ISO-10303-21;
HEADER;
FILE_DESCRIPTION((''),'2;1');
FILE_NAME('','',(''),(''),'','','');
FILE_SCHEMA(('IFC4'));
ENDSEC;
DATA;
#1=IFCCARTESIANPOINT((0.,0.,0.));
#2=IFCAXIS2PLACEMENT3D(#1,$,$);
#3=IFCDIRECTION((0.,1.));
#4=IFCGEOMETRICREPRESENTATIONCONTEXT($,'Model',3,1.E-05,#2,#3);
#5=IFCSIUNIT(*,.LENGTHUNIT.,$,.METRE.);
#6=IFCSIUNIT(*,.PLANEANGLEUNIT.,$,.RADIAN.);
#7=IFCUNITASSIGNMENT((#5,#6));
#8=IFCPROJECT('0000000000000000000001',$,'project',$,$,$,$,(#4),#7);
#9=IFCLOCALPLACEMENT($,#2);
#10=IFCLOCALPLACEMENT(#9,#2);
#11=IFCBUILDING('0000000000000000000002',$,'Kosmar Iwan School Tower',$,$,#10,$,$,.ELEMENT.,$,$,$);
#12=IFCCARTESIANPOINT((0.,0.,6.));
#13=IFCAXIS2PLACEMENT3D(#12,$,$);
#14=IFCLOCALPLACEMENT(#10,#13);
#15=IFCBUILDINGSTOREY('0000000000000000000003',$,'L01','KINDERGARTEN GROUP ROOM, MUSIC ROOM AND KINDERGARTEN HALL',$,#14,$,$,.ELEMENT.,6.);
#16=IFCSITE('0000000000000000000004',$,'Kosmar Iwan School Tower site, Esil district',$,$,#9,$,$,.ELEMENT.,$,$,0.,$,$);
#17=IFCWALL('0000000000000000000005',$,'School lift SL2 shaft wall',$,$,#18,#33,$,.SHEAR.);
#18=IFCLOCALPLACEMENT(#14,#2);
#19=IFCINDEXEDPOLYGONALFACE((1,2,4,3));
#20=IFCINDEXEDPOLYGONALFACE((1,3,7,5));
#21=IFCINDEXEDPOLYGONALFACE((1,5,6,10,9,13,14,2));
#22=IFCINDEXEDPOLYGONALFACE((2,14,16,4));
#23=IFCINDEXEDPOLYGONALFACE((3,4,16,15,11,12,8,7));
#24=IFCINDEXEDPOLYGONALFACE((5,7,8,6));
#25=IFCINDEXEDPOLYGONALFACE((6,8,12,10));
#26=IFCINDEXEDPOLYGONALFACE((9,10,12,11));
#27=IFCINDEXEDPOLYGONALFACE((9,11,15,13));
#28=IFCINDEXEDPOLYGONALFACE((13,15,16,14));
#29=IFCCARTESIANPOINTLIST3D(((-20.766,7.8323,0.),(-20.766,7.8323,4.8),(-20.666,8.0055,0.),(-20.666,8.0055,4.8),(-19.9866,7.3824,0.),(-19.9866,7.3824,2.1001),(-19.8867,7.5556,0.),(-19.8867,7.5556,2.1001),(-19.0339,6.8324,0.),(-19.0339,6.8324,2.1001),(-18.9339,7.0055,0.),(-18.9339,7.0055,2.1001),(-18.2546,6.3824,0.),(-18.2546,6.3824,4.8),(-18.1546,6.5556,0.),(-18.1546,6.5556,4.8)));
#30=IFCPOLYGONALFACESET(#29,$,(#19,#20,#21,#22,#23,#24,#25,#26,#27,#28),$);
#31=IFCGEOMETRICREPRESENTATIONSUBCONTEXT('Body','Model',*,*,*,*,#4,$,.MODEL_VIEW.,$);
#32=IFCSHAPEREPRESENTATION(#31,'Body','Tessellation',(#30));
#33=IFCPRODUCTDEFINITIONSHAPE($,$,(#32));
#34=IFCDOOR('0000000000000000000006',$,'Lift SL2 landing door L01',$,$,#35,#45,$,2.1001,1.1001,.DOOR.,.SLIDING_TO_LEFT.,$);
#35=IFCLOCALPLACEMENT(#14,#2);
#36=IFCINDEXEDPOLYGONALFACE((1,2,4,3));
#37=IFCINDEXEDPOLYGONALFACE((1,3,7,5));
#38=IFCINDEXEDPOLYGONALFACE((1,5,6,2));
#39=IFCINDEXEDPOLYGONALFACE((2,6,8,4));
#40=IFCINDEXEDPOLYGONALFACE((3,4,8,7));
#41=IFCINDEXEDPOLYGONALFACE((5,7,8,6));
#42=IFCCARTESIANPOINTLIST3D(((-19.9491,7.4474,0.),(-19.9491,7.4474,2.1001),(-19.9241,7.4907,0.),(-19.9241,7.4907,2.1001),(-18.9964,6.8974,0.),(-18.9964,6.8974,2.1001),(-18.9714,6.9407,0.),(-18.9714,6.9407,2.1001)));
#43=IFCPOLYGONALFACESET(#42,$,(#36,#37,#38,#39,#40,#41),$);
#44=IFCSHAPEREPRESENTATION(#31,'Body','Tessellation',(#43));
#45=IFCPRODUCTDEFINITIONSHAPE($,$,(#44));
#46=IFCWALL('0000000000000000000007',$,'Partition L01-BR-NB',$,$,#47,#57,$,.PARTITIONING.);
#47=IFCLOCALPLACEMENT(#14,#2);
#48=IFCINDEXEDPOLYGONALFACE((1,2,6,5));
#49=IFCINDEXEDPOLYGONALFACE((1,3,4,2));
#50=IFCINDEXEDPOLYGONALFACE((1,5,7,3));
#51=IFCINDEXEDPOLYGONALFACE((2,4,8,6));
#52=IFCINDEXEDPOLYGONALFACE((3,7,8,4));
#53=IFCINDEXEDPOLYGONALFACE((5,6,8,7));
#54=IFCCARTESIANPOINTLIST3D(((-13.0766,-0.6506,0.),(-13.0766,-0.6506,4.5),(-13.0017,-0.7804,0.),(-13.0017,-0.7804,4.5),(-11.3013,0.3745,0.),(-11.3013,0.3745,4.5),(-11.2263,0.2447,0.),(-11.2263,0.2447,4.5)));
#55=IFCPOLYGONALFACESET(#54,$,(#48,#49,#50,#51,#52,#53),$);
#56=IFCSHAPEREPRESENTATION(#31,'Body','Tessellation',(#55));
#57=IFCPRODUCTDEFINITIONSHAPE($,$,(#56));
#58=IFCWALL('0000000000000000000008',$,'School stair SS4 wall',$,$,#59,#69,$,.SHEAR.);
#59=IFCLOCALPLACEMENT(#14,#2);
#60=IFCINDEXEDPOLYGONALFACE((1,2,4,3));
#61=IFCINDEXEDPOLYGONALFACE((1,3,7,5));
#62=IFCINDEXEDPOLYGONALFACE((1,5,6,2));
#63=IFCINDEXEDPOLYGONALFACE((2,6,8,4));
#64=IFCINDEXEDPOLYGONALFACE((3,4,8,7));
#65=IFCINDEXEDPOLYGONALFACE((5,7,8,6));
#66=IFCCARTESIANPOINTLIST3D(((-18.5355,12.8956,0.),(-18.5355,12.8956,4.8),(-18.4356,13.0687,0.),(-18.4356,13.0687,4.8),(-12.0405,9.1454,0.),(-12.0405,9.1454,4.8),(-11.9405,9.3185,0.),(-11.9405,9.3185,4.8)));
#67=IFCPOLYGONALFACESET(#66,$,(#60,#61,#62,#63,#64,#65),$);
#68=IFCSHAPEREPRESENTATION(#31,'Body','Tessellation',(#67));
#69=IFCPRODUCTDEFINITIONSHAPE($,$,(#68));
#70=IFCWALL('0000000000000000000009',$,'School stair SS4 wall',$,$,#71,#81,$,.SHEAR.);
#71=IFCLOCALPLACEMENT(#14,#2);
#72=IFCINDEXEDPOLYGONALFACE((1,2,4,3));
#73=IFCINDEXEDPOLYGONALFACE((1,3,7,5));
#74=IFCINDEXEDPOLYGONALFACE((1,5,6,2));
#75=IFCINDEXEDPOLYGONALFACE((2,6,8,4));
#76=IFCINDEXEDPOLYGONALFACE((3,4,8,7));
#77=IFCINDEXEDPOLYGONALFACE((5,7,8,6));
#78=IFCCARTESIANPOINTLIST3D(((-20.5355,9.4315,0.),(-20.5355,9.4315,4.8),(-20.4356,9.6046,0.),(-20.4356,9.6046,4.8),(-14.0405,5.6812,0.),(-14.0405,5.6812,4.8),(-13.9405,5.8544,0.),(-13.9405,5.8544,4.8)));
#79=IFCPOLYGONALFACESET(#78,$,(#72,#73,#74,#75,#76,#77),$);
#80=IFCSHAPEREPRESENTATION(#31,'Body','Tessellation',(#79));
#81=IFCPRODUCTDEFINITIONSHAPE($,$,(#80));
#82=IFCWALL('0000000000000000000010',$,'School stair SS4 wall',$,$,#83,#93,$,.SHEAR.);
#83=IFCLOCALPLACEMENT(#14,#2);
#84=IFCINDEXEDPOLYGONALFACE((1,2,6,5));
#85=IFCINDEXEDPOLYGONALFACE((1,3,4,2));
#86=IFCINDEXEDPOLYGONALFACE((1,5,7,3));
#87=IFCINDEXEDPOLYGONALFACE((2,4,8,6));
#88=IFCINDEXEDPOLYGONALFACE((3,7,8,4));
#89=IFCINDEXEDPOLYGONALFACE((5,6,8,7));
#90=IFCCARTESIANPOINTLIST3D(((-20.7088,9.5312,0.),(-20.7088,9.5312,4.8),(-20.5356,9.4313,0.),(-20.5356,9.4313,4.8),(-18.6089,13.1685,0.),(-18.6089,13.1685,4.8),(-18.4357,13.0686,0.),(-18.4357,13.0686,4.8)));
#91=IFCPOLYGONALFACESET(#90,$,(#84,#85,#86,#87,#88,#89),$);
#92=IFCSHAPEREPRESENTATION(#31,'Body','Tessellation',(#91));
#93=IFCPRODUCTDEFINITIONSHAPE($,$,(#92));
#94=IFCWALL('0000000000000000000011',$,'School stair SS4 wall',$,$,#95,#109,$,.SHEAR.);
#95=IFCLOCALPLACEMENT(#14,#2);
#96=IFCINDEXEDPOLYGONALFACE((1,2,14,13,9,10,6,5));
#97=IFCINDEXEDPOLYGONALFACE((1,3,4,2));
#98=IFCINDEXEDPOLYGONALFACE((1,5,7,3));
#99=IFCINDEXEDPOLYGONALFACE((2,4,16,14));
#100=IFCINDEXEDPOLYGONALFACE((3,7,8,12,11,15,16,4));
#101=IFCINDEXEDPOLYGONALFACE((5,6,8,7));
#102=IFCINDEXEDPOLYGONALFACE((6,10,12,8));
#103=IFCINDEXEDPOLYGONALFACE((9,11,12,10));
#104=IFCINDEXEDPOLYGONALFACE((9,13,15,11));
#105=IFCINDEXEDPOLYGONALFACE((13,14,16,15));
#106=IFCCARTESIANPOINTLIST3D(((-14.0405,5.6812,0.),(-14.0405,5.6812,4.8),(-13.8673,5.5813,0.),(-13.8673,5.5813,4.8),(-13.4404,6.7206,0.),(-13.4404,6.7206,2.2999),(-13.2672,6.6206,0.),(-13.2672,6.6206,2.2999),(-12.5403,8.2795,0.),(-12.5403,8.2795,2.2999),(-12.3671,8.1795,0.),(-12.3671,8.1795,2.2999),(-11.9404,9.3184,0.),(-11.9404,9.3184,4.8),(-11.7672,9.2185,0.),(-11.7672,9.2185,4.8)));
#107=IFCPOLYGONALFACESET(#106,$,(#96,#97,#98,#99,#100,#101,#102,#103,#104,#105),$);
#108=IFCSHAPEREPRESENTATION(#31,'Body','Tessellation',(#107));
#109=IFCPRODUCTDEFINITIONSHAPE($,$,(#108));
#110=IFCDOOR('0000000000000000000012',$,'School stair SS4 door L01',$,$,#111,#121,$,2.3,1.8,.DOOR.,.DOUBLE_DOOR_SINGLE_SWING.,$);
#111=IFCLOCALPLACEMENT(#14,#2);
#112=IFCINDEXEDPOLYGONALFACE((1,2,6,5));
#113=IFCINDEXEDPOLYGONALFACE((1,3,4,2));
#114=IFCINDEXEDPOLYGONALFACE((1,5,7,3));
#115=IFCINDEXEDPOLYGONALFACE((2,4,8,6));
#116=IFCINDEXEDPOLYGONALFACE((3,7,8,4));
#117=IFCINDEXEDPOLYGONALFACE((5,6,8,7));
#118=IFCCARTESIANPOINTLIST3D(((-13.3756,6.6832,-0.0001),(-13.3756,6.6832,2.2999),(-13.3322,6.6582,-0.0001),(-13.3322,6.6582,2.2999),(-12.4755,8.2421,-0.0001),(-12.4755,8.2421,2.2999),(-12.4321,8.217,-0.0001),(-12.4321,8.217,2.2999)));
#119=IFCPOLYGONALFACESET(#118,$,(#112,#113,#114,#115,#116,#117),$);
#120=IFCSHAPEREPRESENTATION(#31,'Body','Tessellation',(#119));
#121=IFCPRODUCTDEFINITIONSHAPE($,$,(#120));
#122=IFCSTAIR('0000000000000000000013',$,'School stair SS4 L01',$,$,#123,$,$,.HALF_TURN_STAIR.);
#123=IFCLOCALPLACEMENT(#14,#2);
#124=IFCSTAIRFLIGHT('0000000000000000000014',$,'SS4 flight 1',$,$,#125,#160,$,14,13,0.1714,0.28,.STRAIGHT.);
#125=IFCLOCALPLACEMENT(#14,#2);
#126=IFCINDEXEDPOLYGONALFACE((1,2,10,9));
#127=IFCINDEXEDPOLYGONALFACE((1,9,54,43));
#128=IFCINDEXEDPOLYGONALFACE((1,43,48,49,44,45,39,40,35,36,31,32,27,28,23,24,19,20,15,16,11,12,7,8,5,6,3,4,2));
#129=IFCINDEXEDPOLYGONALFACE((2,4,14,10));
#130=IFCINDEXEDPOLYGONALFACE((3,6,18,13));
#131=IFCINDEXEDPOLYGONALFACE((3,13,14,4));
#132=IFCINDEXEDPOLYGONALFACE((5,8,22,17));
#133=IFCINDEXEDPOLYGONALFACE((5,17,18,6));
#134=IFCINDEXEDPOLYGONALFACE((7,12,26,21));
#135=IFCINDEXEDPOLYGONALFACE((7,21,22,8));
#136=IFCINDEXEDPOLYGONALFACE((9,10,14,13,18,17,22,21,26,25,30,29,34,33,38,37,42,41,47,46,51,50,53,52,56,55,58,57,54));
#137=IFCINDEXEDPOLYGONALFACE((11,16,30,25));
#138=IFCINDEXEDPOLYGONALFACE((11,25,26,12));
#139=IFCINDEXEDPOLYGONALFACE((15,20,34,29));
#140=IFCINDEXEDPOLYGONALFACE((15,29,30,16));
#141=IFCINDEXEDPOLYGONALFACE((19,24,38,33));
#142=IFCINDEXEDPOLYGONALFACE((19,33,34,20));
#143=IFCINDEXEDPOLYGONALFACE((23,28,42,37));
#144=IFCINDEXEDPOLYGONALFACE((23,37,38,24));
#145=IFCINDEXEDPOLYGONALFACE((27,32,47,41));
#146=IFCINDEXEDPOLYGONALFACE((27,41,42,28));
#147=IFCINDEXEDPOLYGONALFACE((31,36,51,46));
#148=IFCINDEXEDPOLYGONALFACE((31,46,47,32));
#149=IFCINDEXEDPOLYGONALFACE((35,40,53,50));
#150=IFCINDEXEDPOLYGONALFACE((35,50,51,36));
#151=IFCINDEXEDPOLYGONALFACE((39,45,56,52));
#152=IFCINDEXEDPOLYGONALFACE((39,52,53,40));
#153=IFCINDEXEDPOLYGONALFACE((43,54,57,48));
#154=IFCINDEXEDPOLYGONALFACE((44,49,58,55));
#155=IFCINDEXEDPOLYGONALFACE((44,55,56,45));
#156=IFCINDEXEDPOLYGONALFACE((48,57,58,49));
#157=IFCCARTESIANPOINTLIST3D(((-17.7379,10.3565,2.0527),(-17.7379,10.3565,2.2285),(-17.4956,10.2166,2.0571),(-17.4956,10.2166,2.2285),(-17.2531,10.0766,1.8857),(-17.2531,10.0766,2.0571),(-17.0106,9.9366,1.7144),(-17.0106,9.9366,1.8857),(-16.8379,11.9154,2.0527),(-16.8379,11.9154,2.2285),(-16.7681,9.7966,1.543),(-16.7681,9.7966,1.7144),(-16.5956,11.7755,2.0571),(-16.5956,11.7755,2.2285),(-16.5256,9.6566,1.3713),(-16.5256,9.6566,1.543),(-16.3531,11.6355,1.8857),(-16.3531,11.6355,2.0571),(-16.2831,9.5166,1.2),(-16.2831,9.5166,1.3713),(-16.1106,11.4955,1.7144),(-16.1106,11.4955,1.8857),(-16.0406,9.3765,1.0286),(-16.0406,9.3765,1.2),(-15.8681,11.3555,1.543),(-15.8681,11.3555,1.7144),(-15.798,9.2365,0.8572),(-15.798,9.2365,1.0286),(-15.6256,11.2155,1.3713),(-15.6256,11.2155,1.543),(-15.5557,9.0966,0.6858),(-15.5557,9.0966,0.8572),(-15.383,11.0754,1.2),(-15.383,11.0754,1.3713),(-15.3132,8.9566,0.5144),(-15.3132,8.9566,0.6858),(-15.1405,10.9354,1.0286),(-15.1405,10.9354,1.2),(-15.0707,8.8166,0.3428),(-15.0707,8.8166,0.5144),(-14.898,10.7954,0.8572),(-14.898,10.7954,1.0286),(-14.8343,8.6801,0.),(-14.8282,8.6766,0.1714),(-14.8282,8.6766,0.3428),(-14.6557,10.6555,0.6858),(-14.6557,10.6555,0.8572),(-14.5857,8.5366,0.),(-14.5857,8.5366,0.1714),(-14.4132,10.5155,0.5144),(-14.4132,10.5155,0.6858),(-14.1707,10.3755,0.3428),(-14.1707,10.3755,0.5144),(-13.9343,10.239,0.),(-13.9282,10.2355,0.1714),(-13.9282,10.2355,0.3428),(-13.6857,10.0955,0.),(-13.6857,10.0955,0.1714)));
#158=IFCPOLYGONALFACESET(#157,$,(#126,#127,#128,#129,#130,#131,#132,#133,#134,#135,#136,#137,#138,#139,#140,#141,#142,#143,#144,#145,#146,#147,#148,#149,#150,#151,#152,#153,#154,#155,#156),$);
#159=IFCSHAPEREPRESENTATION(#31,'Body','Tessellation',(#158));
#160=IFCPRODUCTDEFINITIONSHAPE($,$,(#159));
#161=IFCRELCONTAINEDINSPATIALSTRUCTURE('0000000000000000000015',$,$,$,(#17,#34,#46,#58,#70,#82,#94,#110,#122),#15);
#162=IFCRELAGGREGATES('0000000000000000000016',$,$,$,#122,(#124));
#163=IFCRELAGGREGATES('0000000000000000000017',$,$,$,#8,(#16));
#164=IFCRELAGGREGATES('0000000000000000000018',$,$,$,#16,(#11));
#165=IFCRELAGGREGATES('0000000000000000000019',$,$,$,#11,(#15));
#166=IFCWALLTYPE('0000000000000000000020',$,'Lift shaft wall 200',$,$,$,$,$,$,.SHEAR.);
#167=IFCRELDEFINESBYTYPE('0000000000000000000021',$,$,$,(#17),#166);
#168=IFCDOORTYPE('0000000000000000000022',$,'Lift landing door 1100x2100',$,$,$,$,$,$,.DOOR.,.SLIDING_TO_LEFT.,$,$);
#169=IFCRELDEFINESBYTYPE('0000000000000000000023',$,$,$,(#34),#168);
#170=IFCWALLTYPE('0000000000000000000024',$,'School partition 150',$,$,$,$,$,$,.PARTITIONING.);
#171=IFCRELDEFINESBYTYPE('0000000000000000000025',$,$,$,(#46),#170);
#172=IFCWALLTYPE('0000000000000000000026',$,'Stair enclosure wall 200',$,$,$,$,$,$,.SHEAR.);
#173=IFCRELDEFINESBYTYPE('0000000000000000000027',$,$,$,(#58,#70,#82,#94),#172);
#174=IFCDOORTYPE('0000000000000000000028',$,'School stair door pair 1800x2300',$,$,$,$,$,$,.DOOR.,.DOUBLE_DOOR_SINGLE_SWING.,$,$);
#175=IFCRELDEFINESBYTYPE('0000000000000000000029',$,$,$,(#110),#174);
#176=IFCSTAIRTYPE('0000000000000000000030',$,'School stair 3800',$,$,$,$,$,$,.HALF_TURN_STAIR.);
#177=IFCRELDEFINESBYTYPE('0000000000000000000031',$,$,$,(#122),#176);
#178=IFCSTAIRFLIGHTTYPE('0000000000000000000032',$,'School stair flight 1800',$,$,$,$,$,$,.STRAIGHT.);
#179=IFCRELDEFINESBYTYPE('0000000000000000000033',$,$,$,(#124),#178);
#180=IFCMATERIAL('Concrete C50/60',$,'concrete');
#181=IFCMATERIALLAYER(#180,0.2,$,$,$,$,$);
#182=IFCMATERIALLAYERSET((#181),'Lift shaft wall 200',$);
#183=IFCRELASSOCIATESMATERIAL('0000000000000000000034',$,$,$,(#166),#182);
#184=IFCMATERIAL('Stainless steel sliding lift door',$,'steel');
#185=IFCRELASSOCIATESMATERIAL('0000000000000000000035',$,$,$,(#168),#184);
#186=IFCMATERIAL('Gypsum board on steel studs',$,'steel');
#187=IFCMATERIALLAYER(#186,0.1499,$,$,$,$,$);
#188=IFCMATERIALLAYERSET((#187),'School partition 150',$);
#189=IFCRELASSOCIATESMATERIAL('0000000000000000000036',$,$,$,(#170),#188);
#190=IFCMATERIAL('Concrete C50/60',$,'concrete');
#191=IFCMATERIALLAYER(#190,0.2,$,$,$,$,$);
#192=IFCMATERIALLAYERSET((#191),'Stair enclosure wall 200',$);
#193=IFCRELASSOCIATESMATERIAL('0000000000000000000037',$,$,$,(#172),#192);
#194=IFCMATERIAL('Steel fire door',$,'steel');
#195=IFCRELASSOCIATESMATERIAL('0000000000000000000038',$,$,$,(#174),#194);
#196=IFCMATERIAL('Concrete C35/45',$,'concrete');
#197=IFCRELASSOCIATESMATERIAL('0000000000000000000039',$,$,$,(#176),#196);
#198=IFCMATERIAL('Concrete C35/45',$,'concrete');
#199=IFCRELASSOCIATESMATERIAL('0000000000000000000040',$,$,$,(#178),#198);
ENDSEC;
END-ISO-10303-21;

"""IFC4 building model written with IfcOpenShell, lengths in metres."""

from ifc_helpers import new_model, si_unit, direction, frame, frame_2d, origin, place, context, subcontext, project, spatial, polyline, rectangle, outline, extrude, material, layer, layer_set, type_object, element, fill, aggregate, save


model = new_model("IFC4")

# Units and contexts
model_context = context("Model", 3, precision=1e-05, world=origin(), true_north=direction((0.0, 1.0)))
body_context = subcontext(model_context, "Body", "Model", "MODEL_VIEW")
ifc_project = project(units=[si_unit("LENGTHUNIT", "METRE"), si_unit("PLANEANGLEUNIT", "RADIAN")], contexts=[model_context])

# Site, building, storey
site_placement = place(None, origin())
site = spatial("IfcSite", under=ifc_project, at=site_placement, Name="Kosmar Iwan School Tower site, Esil district", CompositionType="ELEMENT", RefElevation=0.0)
building_placement = place(site_placement, origin())
building = spatial("IfcBuilding", under=site, at=building_placement, Name="Kosmar Iwan School Tower", CompositionType="ELEMENT")
storey_placement = place(building_placement, frame((0.0, 0.0, 6.0)))
storey = spatial("IfcBuildingStorey", under=building, at=storey_placement, Name="L01", Description="KINDERGARTEN GROUP ROOM, MUSIC ROOM AND KINDERGARTEN HALL", CompositionType="ELEMENT", Elevation=6.0)

# Shared definitions
ifc_material_1 = material(Name="Concrete C50/60", Category="concrete")
ifc_layer_1 = layer(ifc_material_1, 0.2)
ifc_layer_set_1 = layer_set([ifc_layer_1], Name="Lift shaft wall 200")
wall_type_1 = type_object("IfcWallType", Name="Lift shaft wall 200", PredefinedType="SHEAR", material=ifc_layer_set_1)

# Wall, opening, door
wall_1_placement = place(storey_placement, frame((-18.2046, 6.469, 0.0), z_axis=(0.0, 0.0, 1.0), x_axis=(-0.866033, 0.499987, 0.0)))
wall_1 = element("IfcWall", 1, at=wall_1_placement, inside=storey, type_object=wall_type_1, Name="School lift SL2 shaft wall", PredefinedType="SHEAR", context=body_context, shape_type="SweptSolid", body=[
    extrude(rectangle(XDim=2.8999, YDim=0.2, at=frame_2d((1.45, 0.0))), origin(), (0.0, 0.0, 1.0), 4.8),
])
opening_1_placement = place(wall_1_placement, frame((0.8999, 0.0, 0.0)))
opening_1 = element("IfcOpeningElement", 2, at=opening_1_placement, cuts=wall_1, PredefinedType="OPENING", context=body_context, shape_type="SweptSolid", body=[
    extrude(rectangle(XDim=1.1001, YDim=2.1001, at=frame_2d((0.55, 1.05))), frame((0.0, 0.1121, 0.0), z_axis=(0.0, -1.0, 0.0), x_axis=(1.0, 0.0, 0.0)), (0.0, 0.0, 1.0), 0.2239),
])
ifc_material_2 = material(Name="Stainless steel sliding lift door", Category="steel")
door_type_1 = type_object("IfcDoorType", Name="Lift landing door 1100x2100", OperationType="SLIDING_TO_LEFT", PredefinedType="DOOR", material=ifc_material_2)
door_1_placement = place(opening_1_placement, origin())
door_1 = element("IfcDoor", 3, at=door_1_placement, inside=storey, type_object=door_type_1, Name="Lift SL2 landing door L01", OperationType="SLIDING_TO_LEFT", OverallHeight=2.1001, OverallWidth=1.1001, PredefinedType="DOOR", context=body_context, shape_type="SweptSolid", body=[
    extrude(rectangle(XDim=1.1001, YDim=2.1001, at=frame_2d((0.55, 1.05))), frame((0.0, 0.0249, 0.0), z_axis=(0.0, -1.0, 0.0), x_axis=(1.0, 0.0, 0.0)), (0.0, 0.0, 1.0), 0.05),
])
fill(opening_1, door_1)

# Walls
ifc_material_3 = material(Name="Gypsum board on steel studs", Category="steel")
ifc_layer_2 = layer(ifc_material_3, 0.1499)
ifc_layer_set_2 = layer_set([ifc_layer_2], Name="School partition 150")
wall_type_2 = type_object("IfcWallType", Name="School partition 150", PredefinedType="PARTITIONING", material=ifc_layer_set_2)
wall_2_placement = place(storey_placement, frame((-11.2639, 0.3096, 0.0), z_axis=(0.0, 0.0, 1.0), x_axis=(-0.865999, -0.500045, 0.0)))
element("IfcWall", 4, at=wall_2_placement, inside=storey, type_object=wall_type_2, Name="Partition L01-BR-NB", PredefinedType="PARTITIONING", context=body_context, shape_type="SweptSolid", body=[
    extrude(rectangle(XDim=2.05, YDim=0.1499, at=frame_2d((1.0249, 0.0))), origin(), (0.0, 0.0, 1.0), 4.5),
])
ifc_material_4 = material(Name="Concrete C50/60", Category="concrete")
ifc_layer_3 = layer(ifc_material_4, 0.2)
ifc_layer_set_3 = layer_set([ifc_layer_3], Name="Stair enclosure wall 200")
wall_type_3 = type_object("IfcWallType", Name="Stair enclosure wall 200", PredefinedType="SHEAR", material=ifc_layer_set_3)
for number, where, z_axis, x_axis, name in (
    (5, (-11.9905, 9.2319, 0.0), (0.0, 0.0, 1.0), (-0.866009, 0.500029, 0.0), "School stair SS4 wall"),
    (6, (-13.9905, 5.7678, 0.0), (0.0, 0.0, 1.0), (-0.866009, 0.500029, 0.0), "School stair SS4 wall"),
):
    element("IfcWall", number, at=place(storey_placement, frame(where, z_axis=z_axis, x_axis=x_axis)), inside=storey, type_object=wall_type_3, Name=name, PredefinedType="SHEAR", context=body_context, shape_type="SweptSolid", body=[
        extrude(rectangle(XDim=7.5, YDim=0.2, at=frame_2d((3.75, 0.0))), origin(), (0.0, 0.0, 1.0), 4.8),
    ])
wall_3_placement = place(storey_placement, frame((-18.5222, 13.1187, 0.0), z_axis=(0.0, 0.0, 1.0), x_axis=(-0.499984, -0.866035, 0.0)))
element("IfcWall", 7, at=wall_3_placement, inside=storey, type_object=wall_type_3, Name="School stair SS4 wall", PredefinedType="SHEAR", context=body_context, shape_type="SweptSolid", body=[
    extrude(rectangle(XDim=4.2, YDim=0.2, at=frame_2d((2.1001, 0.0))), origin(), (0.0, 0.0, 1.0), 4.8),
])

# Wall, opening, door
wall_4_placement = place(storey_placement, frame((-11.8538, 9.2686, 0.0), z_axis=(0.0, 0.0, 1.0), x_axis=(-0.500028, -0.866009, 0.0)))
wall_4 = element("IfcWall", 8, at=wall_4_placement, inside=storey, type_object=wall_type_3, Name="School stair SS4 wall", PredefinedType="SHEAR", context=body_context, shape_type="SweptSolid", body=[
    extrude(rectangle(XDim=4.2, YDim=0.2, at=frame_2d((2.1001, 0.0))), origin(), (0.0, 0.0, 1.0), 4.8),
])
opening_2_placement = place(wall_4_placement, frame((1.2, 0.0, 0.0)))
opening_2 = element("IfcOpeningElement", 9, at=opening_2_placement, cuts=wall_4, PredefinedType="OPENING", context=body_context, shape_type="SweptSolid", body=[
    extrude(rectangle(XDim=1.8, YDim=2.3, at=frame_2d((0.8999, 1.1499))), frame((0.0, 0.1121, 0.0), z_axis=(0.0, -1.0, 0.0), x_axis=(1.0, 0.0, 0.0)), (0.0, 0.0, 1.0), 0.2239),
])
ifc_material_5 = material(Name="Steel fire door", Category="steel")
door_type_2 = type_object("IfcDoorType", Name="School stair door pair 1800x2300", OperationType="DOUBLE_DOOR_SINGLE_SWING", PredefinedType="DOOR", material=ifc_material_5)
door_2_placement = place(opening_2_placement, origin())
door_2 = element("IfcDoor", 10, at=door_2_placement, inside=storey, type_object=door_type_2, Name="School stair SS4 door L01", OperationType="DOUBLE_DOOR_SINGLE_SWING", OverallHeight=2.3, OverallWidth=1.8, PredefinedType="DOOR", context=body_context, shape_type="SweptSolid", body=[
    extrude(rectangle(XDim=1.8, YDim=2.3, at=frame_2d((0.8999, 1.1499))), frame((0.0, 0.0249, 0.0), z_axis=(0.0, -1.0, 0.0), x_axis=(1.0, 0.0, 0.0)), (0.0, 0.0, 1.0), 0.05),
])
fill(opening_2, door_2)

# Stair, stair flight
ifc_material_6 = material(Name="Concrete C35/45", Category="concrete")
stair_type = type_object("IfcStairType", Name="School stair 3800", PredefinedType="HALF_TURN_STAIR", material=ifc_material_6)
stair_placement = place(storey_placement, origin())
stair = element("IfcStair", 11, at=stair_placement, inside=storey, type_object=stair_type, Name="School stair SS4 L01", PredefinedType="HALF_TURN_STAIR")
ifc_material_7 = material(Name="Concrete C35/45", Category="concrete")
stair_flight_type = type_object("IfcStairFlightType", Name="School stair flight 1800", PredefinedType="STRAIGHT", material=ifc_material_7)
stair_flight_1_placement = place(storey_placement, frame((-14.1357, 9.3159, 0.0), z_axis=(0.0, 0.0, 1.0), x_axis=(-0.866025, 0.5, 0.0)))
stair_flight_1 = element("IfcStairFlight", 12, at=stair_flight_1_placement, type_object=stair_flight_type, Name="SS4 flight 1", NumberOfRisers=14, NumberOfTreads=13, PredefinedType="STRAIGHT", RiserHeight=0.1714, TreadLength=0.28, context=body_context, shape_type="SweptSolid", body=[
    extrude(outline(polyline([(0.0, 0.0), (0.0, 0.1714), (0.28, 0.1714), (0.28, 0.3428), (0.5601, 0.3428), (0.5601, 0.5144), (0.8401, 0.5144), (0.8401, 0.6858), (1.1201, 0.6858), (1.1201, 0.8572), (1.3999, 0.8572), (1.3999, 1.0286), (1.6799, 1.0286), (1.6799, 1.2), (1.96, 1.2), (1.96, 1.3713), (2.24, 1.3713), (2.24, 1.543), (2.52, 1.543), (2.52, 1.7144), (2.8, 1.7144), (2.8, 1.8857), (3.0801, 1.8857), (3.0801, 2.0571), (3.3601, 2.0571), (3.3601, 2.2285), (3.6399, 2.2285), (3.6399, 2.3999), (3.6399, 2.0527), (0.2871, 0.0), (0.0, 0.0)])), frame((0.0, 0.8999, 0.0), z_axis=(0.0, -1.0, 0.0), x_axis=(1.0, 0.0, 0.0)), (0.0, 0.0, 1.0), 1.8),
])
aggregate(stair, [stair_flight_1])

save(model, "model.ifc")
